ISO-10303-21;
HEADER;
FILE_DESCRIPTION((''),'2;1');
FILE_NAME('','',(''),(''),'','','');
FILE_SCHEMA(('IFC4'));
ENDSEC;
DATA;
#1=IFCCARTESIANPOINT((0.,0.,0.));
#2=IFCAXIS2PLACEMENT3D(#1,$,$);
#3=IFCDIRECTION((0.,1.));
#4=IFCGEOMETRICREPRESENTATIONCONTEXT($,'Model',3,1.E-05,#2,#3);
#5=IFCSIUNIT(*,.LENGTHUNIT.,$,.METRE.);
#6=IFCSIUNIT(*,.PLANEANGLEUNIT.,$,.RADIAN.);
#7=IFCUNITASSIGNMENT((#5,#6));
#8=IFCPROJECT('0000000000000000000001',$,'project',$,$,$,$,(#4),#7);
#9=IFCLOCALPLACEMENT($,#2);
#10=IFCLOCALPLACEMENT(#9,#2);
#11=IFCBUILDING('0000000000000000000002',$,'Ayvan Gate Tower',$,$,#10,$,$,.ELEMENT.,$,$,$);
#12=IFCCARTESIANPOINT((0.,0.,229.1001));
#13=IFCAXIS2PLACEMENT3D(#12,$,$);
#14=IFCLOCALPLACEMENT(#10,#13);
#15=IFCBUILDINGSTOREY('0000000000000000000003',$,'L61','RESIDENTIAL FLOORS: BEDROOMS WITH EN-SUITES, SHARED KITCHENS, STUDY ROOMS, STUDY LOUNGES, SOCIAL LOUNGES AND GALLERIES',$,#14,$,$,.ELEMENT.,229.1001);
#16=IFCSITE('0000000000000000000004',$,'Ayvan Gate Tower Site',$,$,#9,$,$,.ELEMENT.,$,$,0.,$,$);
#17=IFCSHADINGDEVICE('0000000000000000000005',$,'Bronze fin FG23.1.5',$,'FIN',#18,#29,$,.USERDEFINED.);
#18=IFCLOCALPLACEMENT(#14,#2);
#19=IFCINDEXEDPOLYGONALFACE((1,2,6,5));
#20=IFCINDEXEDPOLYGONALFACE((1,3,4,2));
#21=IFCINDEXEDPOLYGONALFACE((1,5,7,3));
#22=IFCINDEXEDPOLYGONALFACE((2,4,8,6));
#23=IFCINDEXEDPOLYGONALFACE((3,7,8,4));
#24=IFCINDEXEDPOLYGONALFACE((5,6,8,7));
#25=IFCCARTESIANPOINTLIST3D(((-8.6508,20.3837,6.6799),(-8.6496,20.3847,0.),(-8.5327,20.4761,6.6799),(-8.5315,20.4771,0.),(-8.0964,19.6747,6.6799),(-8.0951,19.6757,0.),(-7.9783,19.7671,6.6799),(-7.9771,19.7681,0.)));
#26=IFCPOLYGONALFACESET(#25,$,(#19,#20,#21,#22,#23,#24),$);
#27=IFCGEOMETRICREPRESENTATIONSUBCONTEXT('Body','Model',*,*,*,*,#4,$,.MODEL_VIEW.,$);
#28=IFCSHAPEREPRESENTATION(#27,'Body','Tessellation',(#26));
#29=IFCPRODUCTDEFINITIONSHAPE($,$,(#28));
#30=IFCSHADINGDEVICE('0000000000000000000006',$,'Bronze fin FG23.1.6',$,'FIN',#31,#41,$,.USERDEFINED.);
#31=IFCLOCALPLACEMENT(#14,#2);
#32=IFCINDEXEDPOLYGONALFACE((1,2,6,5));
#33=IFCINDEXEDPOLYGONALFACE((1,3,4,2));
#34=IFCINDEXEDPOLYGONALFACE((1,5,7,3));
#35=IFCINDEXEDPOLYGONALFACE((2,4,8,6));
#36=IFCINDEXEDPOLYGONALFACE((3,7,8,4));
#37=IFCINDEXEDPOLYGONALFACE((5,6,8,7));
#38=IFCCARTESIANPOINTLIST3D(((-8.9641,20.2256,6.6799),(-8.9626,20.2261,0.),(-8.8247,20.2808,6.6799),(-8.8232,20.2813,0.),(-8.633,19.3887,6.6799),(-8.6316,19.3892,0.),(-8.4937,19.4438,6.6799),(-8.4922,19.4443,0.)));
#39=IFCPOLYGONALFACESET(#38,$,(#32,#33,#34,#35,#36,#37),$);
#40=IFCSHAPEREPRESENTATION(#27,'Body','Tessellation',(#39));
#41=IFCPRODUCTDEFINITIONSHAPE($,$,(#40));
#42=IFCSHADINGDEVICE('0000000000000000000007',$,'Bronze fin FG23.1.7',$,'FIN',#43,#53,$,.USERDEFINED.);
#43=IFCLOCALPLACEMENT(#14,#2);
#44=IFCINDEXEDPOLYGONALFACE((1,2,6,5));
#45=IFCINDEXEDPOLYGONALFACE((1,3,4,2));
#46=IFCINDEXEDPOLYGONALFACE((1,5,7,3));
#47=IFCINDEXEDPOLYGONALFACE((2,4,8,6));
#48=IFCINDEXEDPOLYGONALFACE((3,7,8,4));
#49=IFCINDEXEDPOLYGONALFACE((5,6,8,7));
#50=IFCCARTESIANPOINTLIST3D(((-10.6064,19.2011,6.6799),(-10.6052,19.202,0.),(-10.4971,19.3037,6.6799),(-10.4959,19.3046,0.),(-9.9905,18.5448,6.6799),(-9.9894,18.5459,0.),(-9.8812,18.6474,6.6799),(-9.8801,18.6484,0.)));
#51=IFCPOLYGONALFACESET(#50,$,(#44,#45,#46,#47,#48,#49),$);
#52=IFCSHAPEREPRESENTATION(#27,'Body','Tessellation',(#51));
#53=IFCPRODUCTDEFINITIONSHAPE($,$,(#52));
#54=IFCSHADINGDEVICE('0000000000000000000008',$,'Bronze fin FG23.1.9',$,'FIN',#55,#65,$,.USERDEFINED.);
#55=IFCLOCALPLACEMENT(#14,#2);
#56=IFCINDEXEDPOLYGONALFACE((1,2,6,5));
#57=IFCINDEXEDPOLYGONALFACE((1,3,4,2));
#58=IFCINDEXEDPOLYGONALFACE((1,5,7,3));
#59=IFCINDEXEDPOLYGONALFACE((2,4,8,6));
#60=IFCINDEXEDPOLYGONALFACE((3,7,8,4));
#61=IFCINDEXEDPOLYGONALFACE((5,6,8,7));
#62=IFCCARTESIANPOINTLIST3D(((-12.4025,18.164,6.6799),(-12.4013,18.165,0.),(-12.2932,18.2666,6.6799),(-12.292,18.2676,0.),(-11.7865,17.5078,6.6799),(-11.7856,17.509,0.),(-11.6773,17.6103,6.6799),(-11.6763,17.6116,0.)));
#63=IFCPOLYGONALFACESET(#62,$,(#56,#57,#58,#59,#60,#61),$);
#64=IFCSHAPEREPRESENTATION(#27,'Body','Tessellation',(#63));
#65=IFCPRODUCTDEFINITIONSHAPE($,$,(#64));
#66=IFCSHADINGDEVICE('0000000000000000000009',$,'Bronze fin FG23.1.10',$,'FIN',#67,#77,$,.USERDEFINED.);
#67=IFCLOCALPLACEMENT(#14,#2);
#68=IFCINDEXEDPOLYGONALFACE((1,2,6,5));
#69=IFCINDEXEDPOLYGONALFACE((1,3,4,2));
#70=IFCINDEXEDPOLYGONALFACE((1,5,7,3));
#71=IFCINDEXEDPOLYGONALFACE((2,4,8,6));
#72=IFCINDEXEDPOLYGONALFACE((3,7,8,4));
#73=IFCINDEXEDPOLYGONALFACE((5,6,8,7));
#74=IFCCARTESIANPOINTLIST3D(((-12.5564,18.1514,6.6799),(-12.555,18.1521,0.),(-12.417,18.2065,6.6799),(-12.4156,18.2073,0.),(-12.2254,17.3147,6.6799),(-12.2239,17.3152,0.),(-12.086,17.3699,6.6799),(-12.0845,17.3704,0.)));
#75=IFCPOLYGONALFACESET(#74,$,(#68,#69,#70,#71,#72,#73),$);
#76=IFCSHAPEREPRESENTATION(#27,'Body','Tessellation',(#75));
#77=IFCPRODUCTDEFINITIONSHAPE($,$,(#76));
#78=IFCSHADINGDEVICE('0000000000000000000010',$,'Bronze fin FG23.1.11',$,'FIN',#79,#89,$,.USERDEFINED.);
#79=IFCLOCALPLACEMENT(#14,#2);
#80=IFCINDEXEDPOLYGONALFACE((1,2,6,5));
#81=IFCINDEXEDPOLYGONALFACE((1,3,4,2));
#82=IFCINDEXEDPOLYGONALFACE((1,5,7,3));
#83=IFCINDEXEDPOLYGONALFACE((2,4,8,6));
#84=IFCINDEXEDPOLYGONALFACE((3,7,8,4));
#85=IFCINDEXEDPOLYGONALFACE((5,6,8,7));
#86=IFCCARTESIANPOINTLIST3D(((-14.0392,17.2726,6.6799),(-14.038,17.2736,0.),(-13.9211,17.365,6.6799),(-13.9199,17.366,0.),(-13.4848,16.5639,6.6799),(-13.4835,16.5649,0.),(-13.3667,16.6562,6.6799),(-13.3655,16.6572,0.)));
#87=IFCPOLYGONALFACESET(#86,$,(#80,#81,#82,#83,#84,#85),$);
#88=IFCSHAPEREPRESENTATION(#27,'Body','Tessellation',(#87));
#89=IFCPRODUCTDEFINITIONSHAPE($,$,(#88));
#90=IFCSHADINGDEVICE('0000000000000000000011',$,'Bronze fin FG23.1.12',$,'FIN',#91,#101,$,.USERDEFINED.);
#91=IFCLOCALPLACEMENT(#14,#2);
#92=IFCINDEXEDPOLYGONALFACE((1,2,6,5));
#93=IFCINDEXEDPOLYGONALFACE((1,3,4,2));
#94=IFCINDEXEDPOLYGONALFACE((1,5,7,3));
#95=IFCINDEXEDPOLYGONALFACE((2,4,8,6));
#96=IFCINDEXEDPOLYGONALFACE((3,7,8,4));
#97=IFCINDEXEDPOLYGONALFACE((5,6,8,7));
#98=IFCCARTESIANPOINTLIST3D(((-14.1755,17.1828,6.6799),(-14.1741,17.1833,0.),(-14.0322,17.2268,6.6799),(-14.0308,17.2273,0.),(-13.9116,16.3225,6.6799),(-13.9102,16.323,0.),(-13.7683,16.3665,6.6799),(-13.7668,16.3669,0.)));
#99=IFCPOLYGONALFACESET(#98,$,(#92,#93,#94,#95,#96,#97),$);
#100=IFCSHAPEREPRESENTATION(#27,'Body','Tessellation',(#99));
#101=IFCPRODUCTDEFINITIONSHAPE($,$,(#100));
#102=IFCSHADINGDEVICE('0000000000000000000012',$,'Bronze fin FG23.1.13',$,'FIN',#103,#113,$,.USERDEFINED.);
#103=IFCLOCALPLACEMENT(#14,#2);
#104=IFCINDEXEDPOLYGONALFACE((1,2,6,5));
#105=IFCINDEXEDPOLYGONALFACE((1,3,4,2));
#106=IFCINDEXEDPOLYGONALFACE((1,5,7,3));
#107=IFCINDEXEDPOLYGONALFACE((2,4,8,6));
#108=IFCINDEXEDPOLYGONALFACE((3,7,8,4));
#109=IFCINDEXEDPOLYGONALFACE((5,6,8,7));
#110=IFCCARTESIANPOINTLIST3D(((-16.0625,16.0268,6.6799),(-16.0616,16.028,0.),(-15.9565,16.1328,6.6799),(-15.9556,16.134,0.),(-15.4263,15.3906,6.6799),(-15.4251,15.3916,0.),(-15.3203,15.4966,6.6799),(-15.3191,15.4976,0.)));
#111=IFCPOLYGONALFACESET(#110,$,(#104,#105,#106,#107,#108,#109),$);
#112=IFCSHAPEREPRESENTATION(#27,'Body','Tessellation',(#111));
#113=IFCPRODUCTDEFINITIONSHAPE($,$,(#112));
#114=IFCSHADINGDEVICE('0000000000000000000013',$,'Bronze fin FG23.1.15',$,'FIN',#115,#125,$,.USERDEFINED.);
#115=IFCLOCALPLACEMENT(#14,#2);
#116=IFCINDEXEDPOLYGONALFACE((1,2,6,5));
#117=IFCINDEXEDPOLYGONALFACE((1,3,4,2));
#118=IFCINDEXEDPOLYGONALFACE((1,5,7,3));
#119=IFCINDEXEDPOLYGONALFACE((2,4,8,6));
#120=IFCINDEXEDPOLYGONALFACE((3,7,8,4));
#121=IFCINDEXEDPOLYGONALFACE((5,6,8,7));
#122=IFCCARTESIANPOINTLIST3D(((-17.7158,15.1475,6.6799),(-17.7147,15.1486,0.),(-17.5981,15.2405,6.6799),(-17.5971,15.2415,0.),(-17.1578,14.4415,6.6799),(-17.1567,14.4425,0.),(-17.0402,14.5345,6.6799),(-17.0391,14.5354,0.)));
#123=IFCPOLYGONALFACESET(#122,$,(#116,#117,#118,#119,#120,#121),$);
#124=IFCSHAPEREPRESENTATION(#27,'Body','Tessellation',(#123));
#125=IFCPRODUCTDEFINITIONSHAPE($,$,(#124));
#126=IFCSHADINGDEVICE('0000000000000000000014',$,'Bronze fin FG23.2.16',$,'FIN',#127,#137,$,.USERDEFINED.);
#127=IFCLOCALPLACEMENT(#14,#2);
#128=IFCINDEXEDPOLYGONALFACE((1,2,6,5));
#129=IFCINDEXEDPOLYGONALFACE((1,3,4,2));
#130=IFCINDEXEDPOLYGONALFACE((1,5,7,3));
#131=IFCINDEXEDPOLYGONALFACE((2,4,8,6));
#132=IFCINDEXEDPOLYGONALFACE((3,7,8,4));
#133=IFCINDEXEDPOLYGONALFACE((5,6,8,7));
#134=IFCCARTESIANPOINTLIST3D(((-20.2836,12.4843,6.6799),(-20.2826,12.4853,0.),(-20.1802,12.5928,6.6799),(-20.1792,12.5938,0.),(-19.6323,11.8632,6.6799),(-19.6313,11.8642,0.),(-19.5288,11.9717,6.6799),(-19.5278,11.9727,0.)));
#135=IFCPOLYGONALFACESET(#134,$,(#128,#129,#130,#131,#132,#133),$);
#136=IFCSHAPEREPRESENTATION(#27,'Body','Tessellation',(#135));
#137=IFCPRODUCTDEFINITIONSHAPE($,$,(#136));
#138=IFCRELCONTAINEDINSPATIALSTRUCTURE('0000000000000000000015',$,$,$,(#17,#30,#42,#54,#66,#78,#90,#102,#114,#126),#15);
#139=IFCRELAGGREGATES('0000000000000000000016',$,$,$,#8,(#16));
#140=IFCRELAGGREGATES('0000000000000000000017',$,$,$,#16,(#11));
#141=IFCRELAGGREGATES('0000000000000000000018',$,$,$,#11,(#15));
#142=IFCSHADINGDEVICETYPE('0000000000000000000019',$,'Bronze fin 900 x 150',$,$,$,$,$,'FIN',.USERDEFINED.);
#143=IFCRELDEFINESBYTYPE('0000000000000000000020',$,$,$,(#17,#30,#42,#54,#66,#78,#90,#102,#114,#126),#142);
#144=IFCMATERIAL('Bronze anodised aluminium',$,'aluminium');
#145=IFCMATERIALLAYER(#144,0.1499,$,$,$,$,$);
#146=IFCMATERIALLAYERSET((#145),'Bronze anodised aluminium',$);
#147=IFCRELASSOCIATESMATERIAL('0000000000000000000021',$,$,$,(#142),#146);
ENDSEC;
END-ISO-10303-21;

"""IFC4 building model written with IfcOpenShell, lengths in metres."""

from ifc_helpers import new_model, si_unit, direction, frame, origin, place, context, subcontext, project, spatial, polyline, outline, extrude, material, layer, layer_set, type_object, element, save


model = new_model("IFC4")

# Units and contexts
model_context = context("Model", 3, precision=1e-05, world=origin(), true_north=direction((0.0, 1.0)))
body_context = subcontext(model_context, "Body", "Model", "MODEL_VIEW")
ifc_project = project(units=[si_unit("LENGTHUNIT", "METRE"), si_unit("PLANEANGLEUNIT", "RADIAN")], contexts=[model_context])

# Site, building, storey
site_placement = place(None, origin())
site = spatial("IfcSite", under=ifc_project, at=site_placement, Name="Ayvan Gate Tower Site", CompositionType="ELEMENT", RefElevation=0.0)
building_placement = place(site_placement, origin())
building = spatial("IfcBuilding", under=site, at=building_placement, Name="Ayvan Gate Tower", CompositionType="ELEMENT")
storey_placement = place(building_placement, frame((0.0, 0.0, 229.1001)))
storey = spatial("IfcBuildingStorey", under=building, at=storey_placement, Name="L61", Description="RESIDENTIAL FLOORS: BEDROOMS WITH EN-SUITES, SHARED KITCHENS, STUDY ROOMS, STUDY LOUNGES, SOCIAL LOUNGES AND GALLERIES", CompositionType="ELEMENT", Elevation=229.1001)

# Shared definitions
ifc_material_1 = material(Name="Bronze anodised aluminium", Category="aluminium")

# Shading devices
ifc_layer_1 = layer(ifc_material_1, 0.1499)
ifc_layer_set_1 = layer_set([ifc_layer_1], Name="Bronze anodised aluminium")
shading_device_type = type_object("IfcShadingDeviceType", Name="Bronze fin 900 x 150", ElementType="FIN", PredefinedType="USERDEFINED", material=ifc_layer_set_1)
shading_device_1_placement = place(storey_placement, frame((-7.9771, 19.7681, 0.0), z_axis=(0.787728, 0.616023, 0.000234), x_axis=(-0.616023, 0.787728, 0.0)))
element("IfcShadingDevice", 1, at=shading_device_1_placement, inside=storey, type_object=shading_device_type, Name="Bronze fin FG23.1.5", ObjectType="FIN", PredefinedType="USERDEFINED", context=body_context, shape_type="SweptSolid", body=[
    extrude(outline(polyline([(0.0, 0.0), (0.9, 0.0), (0.9, 6.6799), (0.0, 6.6799), (0.0, 0.0)])), origin(), (0.0, 0.0, -1.0), 0.1499),
])
shading_device_2_placement = place(storey_placement, frame((-8.4922, 19.4443, 0.0), z_axis=(0.929892, 0.367833, 0.000231), x_axis=(-0.367833, 0.929892, 0.0)))
element("IfcShadingDevice", 2, at=shading_device_2_placement, inside=storey, type_object=shading_device_type, Name="Bronze fin FG23.1.6", ObjectType="FIN", PredefinedType="USERDEFINED", context=body_context, shape_type="SweptSolid", body=[
    extrude(outline(polyline([(0.0, 0.0), (0.9, 0.0), (0.9001, 6.6799), (0.0001, 6.6799), (0.0, 0.0)])), origin(), (0.0, 0.0, -1.0), 0.1499),
])
shading_device_3_placement = place(storey_placement, frame((-9.8801, 18.6484, 0.0), z_axis=(0.729199, 0.684302, 0.00022), x_axis=(-0.684302, 0.729199, 0.0)))
element("IfcShadingDevice", 3, at=shading_device_3_placement, inside=storey, type_object=shading_device_type, Name="Bronze fin FG23.1.7", ObjectType="FIN", PredefinedType="USERDEFINED", context=body_context, shape_type="SweptSolid", body=[
    extrude(outline(polyline([(0.0, 0.0), (0.8999, 0.0), (0.9, 6.6799), (0.0, 6.6799), (0.0, 0.0)])), origin(), (0.0, 0.0, -1.0), 0.1499),
])
shading_device_4_placement = place(storey_placement, frame((-11.6763, 17.6116, 0.0), z_axis=(0.729135, 0.68437, 0.000232), x_axis=(-0.68437, 0.729135, 0.0)))
element("IfcShadingDevice", 4, at=shading_device_4_placement, inside=storey, type_object=shading_device_type, Name="Bronze fin FG23.1.9", ObjectType="FIN", PredefinedType="USERDEFINED", context=body_context, shape_type="SweptSolid", body=[
    extrude(outline(polyline([(0.0, 0.0), (0.8997, 0.0), (0.8998, 6.6799), (-0.0002, 6.6799), (0.0, 0.0)])), origin(), (0.0, 0.0, -1.0), 0.1499),
])
shading_device_5_placement = place(storey_placement, frame((-12.0845, 17.3704, 0.0), z_axis=(0.929873, 0.36788, 0.000238), x_axis=(-0.36788, 0.929873, 0.0)))
element("IfcShadingDevice", 5, at=shading_device_5_placement, inside=storey, type_object=shading_device_type, Name="Bronze fin FG23.1.10", ObjectType="FIN", PredefinedType="USERDEFINED", context=body_context, shape_type="SweptSolid", body=[
    extrude(outline(polyline([(0.0, 0.0), (0.9, 0.0), (0.8999, 6.6799), (0.0001, 6.6799), (0.0, 0.0)])), origin(), (0.0, 0.0, -1.0), 0.1499),
])
shading_device_6_placement = place(storey_placement, frame((-13.3655, 16.6572, 0.0), z_axis=(0.787625, 0.616155, 0.000234), x_axis=(-0.616155, 0.787625, 0.0)))
element("IfcShadingDevice", 6, at=shading_device_6_placement, inside=storey, type_object=shading_device_type, Name="Bronze fin FG23.1.11", ObjectType="FIN", PredefinedType="USERDEFINED", context=body_context, shape_type="SweptSolid", body=[
    extrude(outline(polyline([(0.0, 0.0), (0.8998, 0.0), (0.8998, 6.6799), (0.0, 6.6799), (0.0, 0.0)])), origin(), (0.0, 0.0, -1.0), 0.1499),
])
shading_device_7_placement = place(storey_placement, frame((-13.7668, 16.3669, 0.0), z_axis=(0.956031, 0.293266, 0.000231), x_axis=(-0.293266, 0.956031, 0.0)))
element("IfcShadingDevice", 7, at=shading_device_7_placement, inside=storey, type_object=shading_device_type, Name="Bronze fin FG23.1.12", ObjectType="FIN", PredefinedType="USERDEFINED", context=body_context, shape_type="SweptSolid", body=[
    extrude(outline(polyline([(0.0, 0.0), (0.8999, 0.0), (0.8999, 6.6799), (0.0, 6.6799), (0.0, 0.0)])), origin(), (0.0, 0.0, -1.0), 0.1499),
])
shading_device_8_placement = place(storey_placement, frame((-15.3191, 15.4976, 0.0), z_axis=(0.707107, 0.707107, 0.000233), x_axis=(-0.707107, 0.707107, 0.0)))
element("IfcShadingDevice", 8, at=shading_device_8_placement, inside=storey, type_object=shading_device_type, Name="Bronze fin FG23.1.13", ObjectType="FIN", PredefinedType="USERDEFINED", context=body_context, shape_type="SweptSolid", body=[
    extrude(outline(polyline([(0.0, 0.0), (0.9001, 0.0), (0.8999, 6.6799), (0.0002, 6.6799), (0.0, 0.0)])), origin(), (0.0, 0.0, -1.0), 0.1499),
])
shading_device_9_placement = place(storey_placement, frame((-17.0391, 14.5354, 0.0), z_axis=(0.784574, 0.620036, 0.00022), x_axis=(-0.620036, 0.784574, 0.0)))
element("IfcShadingDevice", 9, at=shading_device_9_placement, inside=storey, type_object=shading_device_type, Name="Bronze fin FG23.1.15", ObjectType="FIN", PredefinedType="USERDEFINED", context=body_context, shape_type="SweptSolid", body=[
    extrude(outline(polyline([(0.0, 0.0), (0.9, 0.0), (0.8998, 6.6799), (0.0, 6.6799), (0.0, 0.0)])), origin(), (0.0, 0.0, -1.0), 0.1499),
])
shading_device_10_placement = place(storey_placement, frame((-19.5278, 11.9727, 0.0), z_axis=(0.690089, 0.723725, 0.000207), x_axis=(-0.723725, 0.690089, 0.0)))
element("IfcShadingDevice", 10, at=shading_device_10_placement, inside=storey, type_object=shading_device_type, Name="Bronze fin FG23.2.16", ObjectType="FIN", PredefinedType="USERDEFINED", context=body_context, shape_type="SweptSolid", body=[
    extrude(outline(polyline([(0.0, 0.0), (0.9, 0.0), (0.9001, 6.6799), (0.0, 6.6799), (0.0, 0.0)])), origin(), (0.0, 0.0, -1.0), 0.1499),
])

save(model, "model.ifc")
